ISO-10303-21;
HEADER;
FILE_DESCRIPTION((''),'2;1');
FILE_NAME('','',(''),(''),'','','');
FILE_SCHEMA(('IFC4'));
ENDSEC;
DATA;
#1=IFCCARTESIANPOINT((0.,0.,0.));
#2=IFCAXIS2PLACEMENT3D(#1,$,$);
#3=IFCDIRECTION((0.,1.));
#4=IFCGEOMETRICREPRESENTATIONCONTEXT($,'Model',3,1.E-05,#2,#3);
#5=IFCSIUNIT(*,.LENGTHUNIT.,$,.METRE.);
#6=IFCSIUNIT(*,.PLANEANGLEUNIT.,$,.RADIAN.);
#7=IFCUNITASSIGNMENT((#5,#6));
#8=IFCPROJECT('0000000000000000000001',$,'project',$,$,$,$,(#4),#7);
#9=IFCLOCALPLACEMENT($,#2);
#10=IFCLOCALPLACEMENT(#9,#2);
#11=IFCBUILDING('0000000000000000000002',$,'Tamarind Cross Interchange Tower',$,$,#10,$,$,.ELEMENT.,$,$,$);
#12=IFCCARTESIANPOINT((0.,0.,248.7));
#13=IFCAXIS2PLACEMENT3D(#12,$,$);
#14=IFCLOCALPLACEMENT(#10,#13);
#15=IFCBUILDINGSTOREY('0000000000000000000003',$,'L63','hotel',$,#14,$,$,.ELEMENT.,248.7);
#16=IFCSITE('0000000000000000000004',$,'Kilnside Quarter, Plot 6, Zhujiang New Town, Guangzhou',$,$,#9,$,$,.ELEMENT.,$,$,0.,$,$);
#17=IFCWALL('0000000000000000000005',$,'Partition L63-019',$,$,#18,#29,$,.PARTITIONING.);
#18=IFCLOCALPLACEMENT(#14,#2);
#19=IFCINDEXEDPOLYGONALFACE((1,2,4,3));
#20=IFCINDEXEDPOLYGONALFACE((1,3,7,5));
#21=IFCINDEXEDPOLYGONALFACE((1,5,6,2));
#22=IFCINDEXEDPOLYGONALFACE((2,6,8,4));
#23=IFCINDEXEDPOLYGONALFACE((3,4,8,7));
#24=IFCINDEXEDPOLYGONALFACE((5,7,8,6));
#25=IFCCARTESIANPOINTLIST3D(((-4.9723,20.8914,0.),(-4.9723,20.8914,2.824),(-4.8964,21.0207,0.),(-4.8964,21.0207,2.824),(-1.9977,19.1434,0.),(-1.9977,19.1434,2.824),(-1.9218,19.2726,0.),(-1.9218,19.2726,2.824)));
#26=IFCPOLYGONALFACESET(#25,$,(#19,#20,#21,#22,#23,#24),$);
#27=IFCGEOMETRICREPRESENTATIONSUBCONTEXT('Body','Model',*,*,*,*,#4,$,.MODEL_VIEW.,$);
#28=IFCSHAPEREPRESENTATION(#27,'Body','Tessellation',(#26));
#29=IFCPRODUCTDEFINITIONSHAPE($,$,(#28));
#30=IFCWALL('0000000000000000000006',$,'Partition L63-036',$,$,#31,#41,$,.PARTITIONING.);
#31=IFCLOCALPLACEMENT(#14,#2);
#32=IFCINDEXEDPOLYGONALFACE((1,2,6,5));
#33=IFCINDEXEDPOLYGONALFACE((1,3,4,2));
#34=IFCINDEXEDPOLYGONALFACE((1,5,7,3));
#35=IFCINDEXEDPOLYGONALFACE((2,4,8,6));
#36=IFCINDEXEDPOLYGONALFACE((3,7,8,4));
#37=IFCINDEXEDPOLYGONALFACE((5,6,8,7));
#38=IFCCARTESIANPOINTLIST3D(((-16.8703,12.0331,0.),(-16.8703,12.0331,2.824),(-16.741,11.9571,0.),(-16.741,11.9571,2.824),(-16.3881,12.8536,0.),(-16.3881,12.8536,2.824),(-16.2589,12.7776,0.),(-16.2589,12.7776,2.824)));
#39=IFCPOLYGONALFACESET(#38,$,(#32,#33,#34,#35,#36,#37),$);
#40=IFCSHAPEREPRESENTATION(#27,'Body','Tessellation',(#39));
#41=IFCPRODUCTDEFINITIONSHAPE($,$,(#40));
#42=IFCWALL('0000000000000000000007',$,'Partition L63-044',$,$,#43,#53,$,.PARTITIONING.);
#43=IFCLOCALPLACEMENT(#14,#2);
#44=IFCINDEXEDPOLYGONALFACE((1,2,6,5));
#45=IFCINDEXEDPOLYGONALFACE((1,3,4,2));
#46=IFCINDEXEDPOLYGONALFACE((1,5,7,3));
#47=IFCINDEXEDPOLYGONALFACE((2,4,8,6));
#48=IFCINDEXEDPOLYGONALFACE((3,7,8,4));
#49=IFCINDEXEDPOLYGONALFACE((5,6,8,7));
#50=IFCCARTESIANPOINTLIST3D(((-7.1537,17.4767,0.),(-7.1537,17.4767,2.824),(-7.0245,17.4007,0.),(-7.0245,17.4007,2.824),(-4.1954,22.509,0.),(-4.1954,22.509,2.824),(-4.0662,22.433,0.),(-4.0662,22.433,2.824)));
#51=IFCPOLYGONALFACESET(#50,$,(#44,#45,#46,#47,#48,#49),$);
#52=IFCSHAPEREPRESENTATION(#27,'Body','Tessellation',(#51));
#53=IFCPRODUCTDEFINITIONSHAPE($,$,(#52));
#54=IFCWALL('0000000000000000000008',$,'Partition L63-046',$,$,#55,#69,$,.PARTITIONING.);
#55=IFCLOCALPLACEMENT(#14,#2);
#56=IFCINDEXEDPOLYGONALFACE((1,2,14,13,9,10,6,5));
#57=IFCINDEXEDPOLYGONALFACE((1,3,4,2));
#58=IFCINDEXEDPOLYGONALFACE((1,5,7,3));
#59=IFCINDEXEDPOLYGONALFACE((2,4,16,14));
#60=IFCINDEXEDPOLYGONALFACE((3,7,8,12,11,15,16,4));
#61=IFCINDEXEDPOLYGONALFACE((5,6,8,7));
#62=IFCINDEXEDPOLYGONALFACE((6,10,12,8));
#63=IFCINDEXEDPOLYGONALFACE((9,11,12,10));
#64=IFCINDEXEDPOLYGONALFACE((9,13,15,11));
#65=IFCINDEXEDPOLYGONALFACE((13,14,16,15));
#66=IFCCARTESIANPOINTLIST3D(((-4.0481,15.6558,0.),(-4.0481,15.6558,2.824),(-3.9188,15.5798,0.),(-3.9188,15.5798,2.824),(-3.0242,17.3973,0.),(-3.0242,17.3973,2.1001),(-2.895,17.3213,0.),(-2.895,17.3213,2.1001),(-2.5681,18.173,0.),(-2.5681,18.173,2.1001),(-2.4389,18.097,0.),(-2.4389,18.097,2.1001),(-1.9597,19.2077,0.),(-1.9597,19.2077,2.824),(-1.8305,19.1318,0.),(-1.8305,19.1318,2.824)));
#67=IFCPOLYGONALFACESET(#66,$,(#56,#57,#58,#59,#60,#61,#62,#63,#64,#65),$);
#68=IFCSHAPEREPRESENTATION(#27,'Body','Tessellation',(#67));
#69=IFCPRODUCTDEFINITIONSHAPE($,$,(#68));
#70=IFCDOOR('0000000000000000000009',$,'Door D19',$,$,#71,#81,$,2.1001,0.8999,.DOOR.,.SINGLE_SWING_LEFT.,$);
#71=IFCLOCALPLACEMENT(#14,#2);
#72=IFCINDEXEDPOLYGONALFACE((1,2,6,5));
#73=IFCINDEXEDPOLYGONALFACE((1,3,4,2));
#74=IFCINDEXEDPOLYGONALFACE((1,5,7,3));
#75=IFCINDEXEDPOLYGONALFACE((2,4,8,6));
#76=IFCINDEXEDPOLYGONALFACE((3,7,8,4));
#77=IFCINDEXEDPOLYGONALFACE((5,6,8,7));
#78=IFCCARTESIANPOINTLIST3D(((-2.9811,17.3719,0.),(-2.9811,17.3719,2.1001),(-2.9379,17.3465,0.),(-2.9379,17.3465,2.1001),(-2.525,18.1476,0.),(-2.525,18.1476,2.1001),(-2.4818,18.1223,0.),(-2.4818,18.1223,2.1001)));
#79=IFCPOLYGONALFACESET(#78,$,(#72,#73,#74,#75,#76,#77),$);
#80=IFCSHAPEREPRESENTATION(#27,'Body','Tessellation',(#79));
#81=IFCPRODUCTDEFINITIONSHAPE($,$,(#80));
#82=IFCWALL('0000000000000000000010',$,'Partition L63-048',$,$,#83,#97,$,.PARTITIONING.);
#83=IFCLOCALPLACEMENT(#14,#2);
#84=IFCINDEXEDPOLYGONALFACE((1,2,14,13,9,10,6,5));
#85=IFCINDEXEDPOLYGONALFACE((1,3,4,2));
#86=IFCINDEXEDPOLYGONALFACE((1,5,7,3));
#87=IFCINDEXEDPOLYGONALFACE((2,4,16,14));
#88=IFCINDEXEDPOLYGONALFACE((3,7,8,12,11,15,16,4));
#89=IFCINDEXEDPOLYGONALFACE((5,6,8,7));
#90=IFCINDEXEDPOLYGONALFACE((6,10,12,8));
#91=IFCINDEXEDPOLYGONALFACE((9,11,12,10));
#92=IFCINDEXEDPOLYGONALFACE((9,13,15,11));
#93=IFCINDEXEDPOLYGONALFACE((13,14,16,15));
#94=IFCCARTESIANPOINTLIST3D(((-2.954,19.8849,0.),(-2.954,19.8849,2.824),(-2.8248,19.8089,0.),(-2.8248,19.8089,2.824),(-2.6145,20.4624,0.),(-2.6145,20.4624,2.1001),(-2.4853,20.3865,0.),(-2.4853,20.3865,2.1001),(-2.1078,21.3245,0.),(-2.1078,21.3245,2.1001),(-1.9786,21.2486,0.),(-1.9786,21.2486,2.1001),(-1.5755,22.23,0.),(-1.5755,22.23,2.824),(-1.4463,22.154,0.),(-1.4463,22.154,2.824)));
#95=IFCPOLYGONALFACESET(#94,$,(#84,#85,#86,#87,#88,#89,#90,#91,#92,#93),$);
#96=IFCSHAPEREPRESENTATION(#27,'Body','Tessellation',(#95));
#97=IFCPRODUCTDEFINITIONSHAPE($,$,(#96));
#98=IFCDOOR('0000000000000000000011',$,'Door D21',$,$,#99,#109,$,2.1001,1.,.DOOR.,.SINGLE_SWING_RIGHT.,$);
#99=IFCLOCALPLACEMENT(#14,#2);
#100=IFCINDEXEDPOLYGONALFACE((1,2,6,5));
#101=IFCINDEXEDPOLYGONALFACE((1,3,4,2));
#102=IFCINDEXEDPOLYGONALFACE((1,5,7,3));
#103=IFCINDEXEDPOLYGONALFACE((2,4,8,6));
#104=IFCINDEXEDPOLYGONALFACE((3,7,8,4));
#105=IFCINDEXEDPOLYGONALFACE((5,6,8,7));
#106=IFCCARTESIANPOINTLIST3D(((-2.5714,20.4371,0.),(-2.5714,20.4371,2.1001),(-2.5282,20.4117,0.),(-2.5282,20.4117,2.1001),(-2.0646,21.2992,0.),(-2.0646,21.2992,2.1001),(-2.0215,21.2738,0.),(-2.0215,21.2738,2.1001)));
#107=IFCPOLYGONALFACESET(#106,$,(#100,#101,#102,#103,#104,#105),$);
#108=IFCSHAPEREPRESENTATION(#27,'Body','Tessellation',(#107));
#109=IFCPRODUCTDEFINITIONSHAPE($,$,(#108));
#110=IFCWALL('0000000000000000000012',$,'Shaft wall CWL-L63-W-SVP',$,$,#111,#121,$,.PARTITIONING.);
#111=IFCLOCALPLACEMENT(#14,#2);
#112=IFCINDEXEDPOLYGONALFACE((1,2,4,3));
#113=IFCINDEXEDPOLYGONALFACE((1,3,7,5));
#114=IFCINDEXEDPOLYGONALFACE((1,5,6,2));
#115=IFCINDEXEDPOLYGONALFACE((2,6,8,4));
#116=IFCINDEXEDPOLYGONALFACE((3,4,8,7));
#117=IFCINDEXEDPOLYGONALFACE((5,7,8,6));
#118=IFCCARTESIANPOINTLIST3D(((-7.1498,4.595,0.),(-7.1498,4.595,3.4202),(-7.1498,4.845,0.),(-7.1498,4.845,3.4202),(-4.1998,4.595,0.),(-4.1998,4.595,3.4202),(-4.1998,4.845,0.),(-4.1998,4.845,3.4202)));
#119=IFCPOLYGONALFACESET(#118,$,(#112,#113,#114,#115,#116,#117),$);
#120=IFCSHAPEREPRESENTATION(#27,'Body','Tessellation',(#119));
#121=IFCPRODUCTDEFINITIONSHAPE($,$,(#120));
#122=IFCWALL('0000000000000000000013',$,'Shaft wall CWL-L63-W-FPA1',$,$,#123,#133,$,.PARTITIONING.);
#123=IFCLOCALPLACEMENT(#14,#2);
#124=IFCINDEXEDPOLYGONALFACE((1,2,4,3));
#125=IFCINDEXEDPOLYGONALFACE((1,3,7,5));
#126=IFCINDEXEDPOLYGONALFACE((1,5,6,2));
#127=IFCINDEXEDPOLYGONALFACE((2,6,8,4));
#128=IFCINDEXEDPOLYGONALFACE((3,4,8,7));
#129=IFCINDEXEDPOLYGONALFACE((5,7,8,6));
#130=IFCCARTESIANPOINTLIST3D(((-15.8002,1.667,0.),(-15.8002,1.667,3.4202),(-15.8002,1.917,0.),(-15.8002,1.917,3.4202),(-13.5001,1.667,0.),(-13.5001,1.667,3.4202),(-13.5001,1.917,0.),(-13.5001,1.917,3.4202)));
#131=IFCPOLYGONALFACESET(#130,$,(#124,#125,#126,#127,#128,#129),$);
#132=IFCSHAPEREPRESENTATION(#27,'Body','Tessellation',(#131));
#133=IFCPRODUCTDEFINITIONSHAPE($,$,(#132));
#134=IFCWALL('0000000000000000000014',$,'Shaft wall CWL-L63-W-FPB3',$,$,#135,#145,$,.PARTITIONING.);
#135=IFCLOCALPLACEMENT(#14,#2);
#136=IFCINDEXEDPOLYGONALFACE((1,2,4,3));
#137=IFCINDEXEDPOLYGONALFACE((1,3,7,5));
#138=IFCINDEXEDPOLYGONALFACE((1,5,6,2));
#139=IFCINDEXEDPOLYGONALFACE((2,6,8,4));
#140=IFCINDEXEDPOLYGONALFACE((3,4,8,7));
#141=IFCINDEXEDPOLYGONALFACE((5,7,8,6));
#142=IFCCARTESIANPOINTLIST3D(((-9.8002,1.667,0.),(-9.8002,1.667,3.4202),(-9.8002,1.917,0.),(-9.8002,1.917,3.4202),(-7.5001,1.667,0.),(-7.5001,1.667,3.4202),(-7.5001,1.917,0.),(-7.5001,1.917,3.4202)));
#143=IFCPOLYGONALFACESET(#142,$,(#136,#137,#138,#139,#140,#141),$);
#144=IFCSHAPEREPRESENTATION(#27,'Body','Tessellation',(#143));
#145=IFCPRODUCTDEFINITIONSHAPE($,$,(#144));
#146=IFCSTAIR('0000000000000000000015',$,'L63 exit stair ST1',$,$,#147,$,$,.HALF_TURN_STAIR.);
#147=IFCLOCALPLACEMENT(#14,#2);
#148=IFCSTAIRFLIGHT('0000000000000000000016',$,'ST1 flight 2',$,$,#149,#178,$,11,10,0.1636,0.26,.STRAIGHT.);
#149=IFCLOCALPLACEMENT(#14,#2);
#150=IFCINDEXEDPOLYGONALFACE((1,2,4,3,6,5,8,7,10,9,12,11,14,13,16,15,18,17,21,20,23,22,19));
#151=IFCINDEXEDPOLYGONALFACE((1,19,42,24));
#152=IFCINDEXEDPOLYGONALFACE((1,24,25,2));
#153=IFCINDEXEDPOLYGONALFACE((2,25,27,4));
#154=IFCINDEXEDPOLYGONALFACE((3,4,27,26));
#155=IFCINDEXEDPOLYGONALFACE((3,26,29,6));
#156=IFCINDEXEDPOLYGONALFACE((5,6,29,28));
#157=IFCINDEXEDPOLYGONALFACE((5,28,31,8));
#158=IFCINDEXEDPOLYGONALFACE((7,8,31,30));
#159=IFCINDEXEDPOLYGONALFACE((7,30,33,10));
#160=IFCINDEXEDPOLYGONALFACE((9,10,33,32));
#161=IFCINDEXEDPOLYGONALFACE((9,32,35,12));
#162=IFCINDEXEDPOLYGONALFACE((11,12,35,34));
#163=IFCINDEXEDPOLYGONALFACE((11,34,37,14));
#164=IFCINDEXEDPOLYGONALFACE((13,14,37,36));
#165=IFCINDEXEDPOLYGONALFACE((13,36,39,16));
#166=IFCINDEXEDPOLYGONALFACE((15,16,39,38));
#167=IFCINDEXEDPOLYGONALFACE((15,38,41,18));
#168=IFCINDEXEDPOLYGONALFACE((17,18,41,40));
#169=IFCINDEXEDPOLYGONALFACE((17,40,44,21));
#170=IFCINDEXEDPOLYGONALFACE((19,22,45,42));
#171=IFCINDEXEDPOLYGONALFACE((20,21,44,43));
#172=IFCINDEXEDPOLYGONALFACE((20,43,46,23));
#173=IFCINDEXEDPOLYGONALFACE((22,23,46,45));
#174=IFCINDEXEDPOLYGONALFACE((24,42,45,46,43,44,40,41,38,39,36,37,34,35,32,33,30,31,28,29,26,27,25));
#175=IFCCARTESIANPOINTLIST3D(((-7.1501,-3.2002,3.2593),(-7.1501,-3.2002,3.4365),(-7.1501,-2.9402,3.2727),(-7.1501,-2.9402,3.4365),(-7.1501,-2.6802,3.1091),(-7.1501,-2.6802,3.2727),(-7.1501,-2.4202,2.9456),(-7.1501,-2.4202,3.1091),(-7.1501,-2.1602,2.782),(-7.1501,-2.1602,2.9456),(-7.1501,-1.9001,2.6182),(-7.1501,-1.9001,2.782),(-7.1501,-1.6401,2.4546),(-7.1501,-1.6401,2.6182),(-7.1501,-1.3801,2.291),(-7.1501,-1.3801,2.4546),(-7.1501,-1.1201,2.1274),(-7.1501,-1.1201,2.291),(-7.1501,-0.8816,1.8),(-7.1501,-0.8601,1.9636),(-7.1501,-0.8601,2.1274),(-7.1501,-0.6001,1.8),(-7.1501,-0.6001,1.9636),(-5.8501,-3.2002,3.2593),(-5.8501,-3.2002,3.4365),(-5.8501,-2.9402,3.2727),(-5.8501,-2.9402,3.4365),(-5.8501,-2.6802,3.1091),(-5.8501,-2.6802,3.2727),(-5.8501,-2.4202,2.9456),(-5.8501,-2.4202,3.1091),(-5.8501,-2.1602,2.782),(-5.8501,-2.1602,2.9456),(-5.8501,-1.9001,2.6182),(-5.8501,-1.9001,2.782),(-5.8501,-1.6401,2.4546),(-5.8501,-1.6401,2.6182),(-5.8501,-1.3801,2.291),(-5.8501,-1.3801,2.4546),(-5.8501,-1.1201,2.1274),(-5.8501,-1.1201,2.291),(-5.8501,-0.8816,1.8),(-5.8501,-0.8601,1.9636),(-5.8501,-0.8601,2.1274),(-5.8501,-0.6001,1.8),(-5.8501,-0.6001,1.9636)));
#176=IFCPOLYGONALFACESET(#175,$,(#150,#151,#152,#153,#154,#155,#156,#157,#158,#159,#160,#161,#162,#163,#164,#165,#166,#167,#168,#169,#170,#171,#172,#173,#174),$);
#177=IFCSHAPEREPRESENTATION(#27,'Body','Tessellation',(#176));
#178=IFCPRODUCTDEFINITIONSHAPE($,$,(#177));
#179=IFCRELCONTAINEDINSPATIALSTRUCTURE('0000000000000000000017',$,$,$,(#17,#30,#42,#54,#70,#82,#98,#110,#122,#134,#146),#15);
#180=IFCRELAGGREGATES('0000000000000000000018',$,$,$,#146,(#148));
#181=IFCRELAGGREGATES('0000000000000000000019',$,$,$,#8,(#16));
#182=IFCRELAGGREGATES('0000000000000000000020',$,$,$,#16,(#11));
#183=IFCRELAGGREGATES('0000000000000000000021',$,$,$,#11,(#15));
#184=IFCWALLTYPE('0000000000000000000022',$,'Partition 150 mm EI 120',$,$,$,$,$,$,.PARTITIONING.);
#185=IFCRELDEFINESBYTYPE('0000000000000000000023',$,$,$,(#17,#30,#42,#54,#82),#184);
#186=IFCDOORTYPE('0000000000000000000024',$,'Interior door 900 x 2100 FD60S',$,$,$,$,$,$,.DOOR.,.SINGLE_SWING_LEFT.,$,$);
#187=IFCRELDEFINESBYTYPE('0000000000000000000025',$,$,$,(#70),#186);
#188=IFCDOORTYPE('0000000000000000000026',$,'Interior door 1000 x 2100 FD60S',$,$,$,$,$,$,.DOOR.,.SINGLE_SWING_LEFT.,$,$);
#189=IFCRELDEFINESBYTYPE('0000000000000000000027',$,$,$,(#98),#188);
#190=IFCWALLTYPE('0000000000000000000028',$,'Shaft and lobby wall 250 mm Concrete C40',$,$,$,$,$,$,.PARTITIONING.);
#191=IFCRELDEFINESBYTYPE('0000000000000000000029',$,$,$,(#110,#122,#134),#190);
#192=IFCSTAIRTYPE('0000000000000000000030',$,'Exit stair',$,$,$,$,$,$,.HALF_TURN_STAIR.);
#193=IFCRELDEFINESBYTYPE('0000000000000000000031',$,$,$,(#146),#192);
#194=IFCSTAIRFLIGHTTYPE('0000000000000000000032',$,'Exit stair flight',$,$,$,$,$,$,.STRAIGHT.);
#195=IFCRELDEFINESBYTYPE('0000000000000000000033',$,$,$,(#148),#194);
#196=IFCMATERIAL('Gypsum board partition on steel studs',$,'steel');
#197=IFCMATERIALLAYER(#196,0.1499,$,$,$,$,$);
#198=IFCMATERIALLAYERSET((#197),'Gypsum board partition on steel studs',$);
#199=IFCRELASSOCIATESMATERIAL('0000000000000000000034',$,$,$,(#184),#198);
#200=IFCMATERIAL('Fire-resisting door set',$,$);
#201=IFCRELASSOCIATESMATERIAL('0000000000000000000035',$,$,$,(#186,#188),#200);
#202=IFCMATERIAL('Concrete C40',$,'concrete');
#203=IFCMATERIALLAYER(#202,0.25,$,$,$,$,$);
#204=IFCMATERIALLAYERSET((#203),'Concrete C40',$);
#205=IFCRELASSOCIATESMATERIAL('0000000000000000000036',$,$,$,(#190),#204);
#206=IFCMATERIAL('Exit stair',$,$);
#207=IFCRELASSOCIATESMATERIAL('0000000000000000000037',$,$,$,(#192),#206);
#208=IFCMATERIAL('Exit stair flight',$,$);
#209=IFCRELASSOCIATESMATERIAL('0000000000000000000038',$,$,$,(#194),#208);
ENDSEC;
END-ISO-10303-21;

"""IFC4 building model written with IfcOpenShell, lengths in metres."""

from ifc_helpers import new_model, si_unit, direction, frame, frame_2d, origin, place, context, subcontext, project, spatial, polyline, rectangle, outline, extrude, material, layer, layer_set, type_object, element, fill, aggregate, save


model = new_model("IFC4")

# Units and contexts
model_context = context("Model", 3, precision=1e-05, world=origin(), true_north=direction((0.0, 1.0)))
body_context = subcontext(model_context, "Body", "Model", "MODEL_VIEW")
ifc_project = project(units=[si_unit("LENGTHUNIT", "METRE"), si_unit("PLANEANGLEUNIT", "RADIAN")], contexts=[model_context])

# Site, building, storey
site_placement = place(None, origin())
site = spatial("IfcSite", under=ifc_project, at=site_placement, Name="Kilnside Quarter, Plot 6, Zhujiang New Town, Guangzhou", CompositionType="ELEMENT", RefElevation=0.0)
building_placement = place(site_placement, origin())
building = spatial("IfcBuilding", under=site, at=building_placement, Name="Tamarind Cross Interchange Tower", CompositionType="ELEMENT")
storey_placement = place(building_placement, frame((0.0, 0.0, 248.7)))
storey = spatial("IfcBuildingStorey", under=building, at=storey_placement, Name="L63", Description="hotel", CompositionType="ELEMENT", Elevation=248.7)

# Shared definitions
ifc_material_1 = material(Name="Gypsum board partition on steel studs", Category="steel")
ifc_layer_1 = layer(ifc_material_1, 0.1499)
ifc_layer_set_1 = layer_set([ifc_layer_1], Name="Gypsum board partition on steel studs")
wall_type_1 = type_object("IfcWallType", Name="Partition 150 mm EI 120", PredefinedType="PARTITIONING", material=ifc_layer_set_1)
ifc_material_2 = material(Name="Fire-resisting door set")

# Walls
wall_1_placement = place(storey_placement, frame((-4.9343, 20.9561, 0.0), z_axis=(0.0, 0.0, 1.0), x_axis=(0.862152, -0.506649, 0.0)))
element("IfcWall", 1, at=wall_1_placement, inside=storey, type_object=wall_type_1, Name="Partition L63-019", PredefinedType="PARTITIONING", context=body_context, shape_type="SweptSolid", body=[
    extrude(rectangle(XDim=3.4502, YDim=0.1499, at=frame_2d((1.7251, 0.0))), origin(), (0.0, 0.0, 1.0), 2.824),
])
wall_2_placement = place(storey_placement, frame((-16.8057, 11.9951, 0.0), z_axis=(0.0, 0.0, 1.0), x_axis=(0.506628, 0.862165, 0.0)))
element("IfcWall", 2, at=wall_2_placement, inside=storey, type_object=wall_type_1, Name="Partition L63-036", PredefinedType="PARTITIONING", context=body_context, shape_type="SweptSolid", body=[
    extrude(rectangle(XDim=0.9517, YDim=0.1499, at=frame_2d((0.4758, 0.0))), origin(), (0.0, 0.0, 1.0), 2.824),
])
wall_3_placement = place(storey_placement, frame((-7.0891, 17.4387, 0.0), z_axis=(0.0, 0.0, 1.0), x_axis=(0.506781, 0.862075, 0.0)))
element("IfcWall", 3, at=wall_3_placement, inside=storey, type_object=wall_type_1, Name="Partition L63-044", PredefinedType="PARTITIONING", context=body_context, shape_type="SweptSolid", body=[
    extrude(rectangle(XDim=5.8374, YDim=0.1499, at=frame_2d((2.9187, 0.0))), origin(), (0.0, 0.0, 1.0), 2.824),
])

# Walls, openings, doors
wall_4_placement = place(storey_placement, frame((-3.9834, 15.6179, 0.0), z_axis=(0.0, 0.0, 1.0), x_axis=(0.506834, 0.862044, 0.0)))
wall_4 = element("IfcWall", 4, at=wall_4_placement, inside=storey, type_object=wall_type_1, Name="Partition L63-046", PredefinedType="PARTITIONING", context=body_context, shape_type="SweptSolid", body=[
    extrude(rectangle(XDim=4.1204, YDim=0.1499, at=frame_2d((2.0601, 0.0))), origin(), (0.0, 0.0, 1.0), 2.824),
])
opening_1_placement = place(wall_4_placement, frame((2.02, 0.0, 0.0)))
opening_1 = element("IfcOpeningElement", 5, at=opening_1_placement, cuts=wall_4, PredefinedType="OPENING", context=body_context, shape_type="SweptSolid", body=[
    extrude(rectangle(XDim=0.8999, YDim=2.1001, at=frame_2d((0.45, 1.05))), frame((0.0, 0.085, 0.0), z_axis=(0.0, -1.0, 0.0), x_axis=(1.0, 0.0, 0.0)), (0.0, 0.0, 1.0), 0.1699),
])
door_type_1 = type_object("IfcDoorType", Name="Interior door 900 x 2100 FD60S", OperationType="SINGLE_SWING_LEFT", PredefinedType="DOOR", material=ifc_material_2)
door_1_placement = place(opening_1_placement, origin())
door_1 = element("IfcDoor", 6, at=door_1_placement, inside=storey, type_object=door_type_1, Name="Door D19", OperationType="SINGLE_SWING_LEFT", OverallHeight=2.1001, OverallWidth=0.8999, PredefinedType="DOOR", context=body_context, shape_type="SweptSolid", body=[
    extrude(rectangle(XDim=0.8999, YDim=2.1001, at=frame_2d((0.45, 1.05))), frame((0.0, 0.0249, 0.0), z_axis=(0.0, -1.0, 0.0), x_axis=(1.0, 0.0, 0.0)), (0.0, 0.0, 1.0), 0.05),
])
fill(opening_1, door_1)
wall_5_placement = place(storey_placement, frame((-2.8894, 19.8469, 0.0), z_axis=(0.0, 0.0, 1.0), x_axis=(0.506753, 0.862091, 0.0)))
wall_5 = element("IfcWall", 7, at=wall_5_placement, inside=storey, type_object=wall_type_1, Name="Partition L63-048", PredefinedType="PARTITIONING", context=body_context, shape_type="SweptSolid", body=[
    extrude(rectangle(XDim=2.7202, YDim=0.1499, at=frame_2d((1.3601, 0.0))), origin(), (0.0, 0.0, 1.0), 2.824),
])
opening_2_placement = place(wall_5_placement, frame((0.6699, 0.0, 0.0)))
opening_2 = element("IfcOpeningElement", 8, at=opening_2_placement, cuts=wall_5, PredefinedType="OPENING", context=body_context, shape_type="SweptSolid", body=[
    extrude(rectangle(XDim=1.0, YDim=2.1001, at=frame_2d((0.5, 1.05))), frame((0.0, 0.085, 0.0), z_axis=(0.0, -1.0, 0.0), x_axis=(1.0, 0.0, 0.0)), (0.0, 0.0, 1.0), 0.1699),
])
door_type_2 = type_object("IfcDoorType", Name="Interior door 1000 x 2100 FD60S", OperationType="SINGLE_SWING_LEFT", PredefinedType="DOOR", material=ifc_material_2)
door_2_placement = place(opening_2_placement, origin())
door_2 = element("IfcDoor", 9, at=door_2_placement, inside=storey, type_object=door_type_2, Name="Door D21", OperationType="SINGLE_SWING_RIGHT", OverallHeight=2.1001, OverallWidth=1.0, PredefinedType="DOOR", context=body_context, shape_type="SweptSolid", body=[
    extrude(rectangle(XDim=1.0, YDim=2.1001, at=frame_2d((0.5, 1.05))), frame((0.0, 0.0249, 0.0), z_axis=(0.0, -1.0, 0.0), x_axis=(1.0, 0.0, 0.0)), (0.0, 0.0, 1.0), 0.05),
])
fill(opening_2, door_2)

# Walls
ifc_material_3 = material(Name="Concrete C40", Category="concrete")
ifc_layer_2 = layer(ifc_material_3, 0.25)
ifc_layer_set_2 = layer_set([ifc_layer_2], Name="Concrete C40")
wall_type_2 = type_object("IfcWallType", Name="Shaft and lobby wall 250 mm Concrete C40", PredefinedType="PARTITIONING", material=ifc_layer_set_2)
wall_6_placement = place(storey_placement, frame((-7.1499, 4.72, 0.0), z_axis=(0.0, 0.0, 1.0), x_axis=(1.0, 0.0, 0.0)))
element("IfcWall", 10, at=wall_6_placement, inside=storey, type_object=wall_type_2, Name="Shaft wall CWL-L63-W-SVP", PredefinedType="PARTITIONING", context=body_context, shape_type="SweptSolid", body=[
    extrude(rectangle(XDim=2.95, YDim=0.25, at=frame_2d((1.4751, 0.0))), origin(), (0.0, 0.0, 1.0), 3.4202),
])
for number, where, z_axis, x_axis, name in (
    (11, (-15.8, 1.792, 0.0), (0.0, 0.0, 1.0), (1.0, 0.0, 0.0), "Shaft wall CWL-L63-W-FPA1"),
    (12, (-9.8, 1.792, 0.0), (0.0, 0.0, 1.0), (1.0, 0.0, 0.0), "Shaft wall CWL-L63-W-FPB3"),
):
    element("IfcWall", number, at=place(storey_placement, frame(where, z_axis=z_axis, x_axis=x_axis)), inside=storey, type_object=wall_type_2, Name=name, PredefinedType="PARTITIONING", context=body_context, shape_type="SweptSolid", body=[
        extrude(rectangle(XDim=2.3, YDim=0.25, at=frame_2d((1.1499, 0.0))), origin(), (0.0, 0.0, 1.0), 3.4202),
    ])

# Stair, stair flight
ifc_material_4 = material(Name="Exit stair")
stair_type = type_object("IfcStairType", Name="Exit stair", PredefinedType="HALF_TURN_STAIR", material=ifc_material_4)
stair_placement = place(storey_placement, origin())
stair = element("IfcStair", 13, at=stair_placement, inside=storey, type_object=stair_type, Name="L63 exit stair ST1", PredefinedType="HALF_TURN_STAIR")
ifc_material_5 = material(Name="Exit stair flight")
stair_flight_type = type_object("IfcStairFlightType", Name="Exit stair flight", PredefinedType="STRAIGHT", material=ifc_material_5)
stair_flight_placement = place(storey_placement, frame((-6.5, -0.6001, 1.8), z_axis=(0.0, 0.0, 1.0), x_axis=(0.0, -1.0, 0.0)))
stair_flight = element("IfcStairFlight", 14, at=stair_flight_placement, type_object=stair_flight_type, Name="ST1 flight 2", NumberOfRisers=11, NumberOfTreads=10, PredefinedType="STRAIGHT", RiserHeight=0.1636, TreadLength=0.26, context=body_context, shape_type="SweptSolid", body=[
    extrude(outline(polyline([(0.0, 0.0), (0.0, 0.1636), (0.26, 0.1636), (0.26, 0.3274), (0.52, 0.3274), (0.52, 0.491), (0.78, 0.491), (0.78, 0.6545), (1.04, 0.6545), (1.04, 0.8181), (1.3, 0.8181), (1.3, 0.9819), (1.5601, 0.9819), (1.5601, 1.1455), (1.8201, 1.1455), (1.8201, 1.3091), (2.0801, 1.3091), (2.0801, 1.4727), (2.3401, 1.4727), (2.3401, 1.6365), (2.6001, 1.6365), (2.6001, 1.8), (2.6001, 1.4592), (0.2815, 0.0), (0.0, 0.0)])), frame((0.0, 0.6499, 0.0), z_axis=(0.0, -1.0, 0.0), x_axis=(1.0, 0.0, 0.0)), (0.0, 0.0, 1.0), 1.3),
])
aggregate(stair, [stair_flight])

save(model, "model.ifc")
